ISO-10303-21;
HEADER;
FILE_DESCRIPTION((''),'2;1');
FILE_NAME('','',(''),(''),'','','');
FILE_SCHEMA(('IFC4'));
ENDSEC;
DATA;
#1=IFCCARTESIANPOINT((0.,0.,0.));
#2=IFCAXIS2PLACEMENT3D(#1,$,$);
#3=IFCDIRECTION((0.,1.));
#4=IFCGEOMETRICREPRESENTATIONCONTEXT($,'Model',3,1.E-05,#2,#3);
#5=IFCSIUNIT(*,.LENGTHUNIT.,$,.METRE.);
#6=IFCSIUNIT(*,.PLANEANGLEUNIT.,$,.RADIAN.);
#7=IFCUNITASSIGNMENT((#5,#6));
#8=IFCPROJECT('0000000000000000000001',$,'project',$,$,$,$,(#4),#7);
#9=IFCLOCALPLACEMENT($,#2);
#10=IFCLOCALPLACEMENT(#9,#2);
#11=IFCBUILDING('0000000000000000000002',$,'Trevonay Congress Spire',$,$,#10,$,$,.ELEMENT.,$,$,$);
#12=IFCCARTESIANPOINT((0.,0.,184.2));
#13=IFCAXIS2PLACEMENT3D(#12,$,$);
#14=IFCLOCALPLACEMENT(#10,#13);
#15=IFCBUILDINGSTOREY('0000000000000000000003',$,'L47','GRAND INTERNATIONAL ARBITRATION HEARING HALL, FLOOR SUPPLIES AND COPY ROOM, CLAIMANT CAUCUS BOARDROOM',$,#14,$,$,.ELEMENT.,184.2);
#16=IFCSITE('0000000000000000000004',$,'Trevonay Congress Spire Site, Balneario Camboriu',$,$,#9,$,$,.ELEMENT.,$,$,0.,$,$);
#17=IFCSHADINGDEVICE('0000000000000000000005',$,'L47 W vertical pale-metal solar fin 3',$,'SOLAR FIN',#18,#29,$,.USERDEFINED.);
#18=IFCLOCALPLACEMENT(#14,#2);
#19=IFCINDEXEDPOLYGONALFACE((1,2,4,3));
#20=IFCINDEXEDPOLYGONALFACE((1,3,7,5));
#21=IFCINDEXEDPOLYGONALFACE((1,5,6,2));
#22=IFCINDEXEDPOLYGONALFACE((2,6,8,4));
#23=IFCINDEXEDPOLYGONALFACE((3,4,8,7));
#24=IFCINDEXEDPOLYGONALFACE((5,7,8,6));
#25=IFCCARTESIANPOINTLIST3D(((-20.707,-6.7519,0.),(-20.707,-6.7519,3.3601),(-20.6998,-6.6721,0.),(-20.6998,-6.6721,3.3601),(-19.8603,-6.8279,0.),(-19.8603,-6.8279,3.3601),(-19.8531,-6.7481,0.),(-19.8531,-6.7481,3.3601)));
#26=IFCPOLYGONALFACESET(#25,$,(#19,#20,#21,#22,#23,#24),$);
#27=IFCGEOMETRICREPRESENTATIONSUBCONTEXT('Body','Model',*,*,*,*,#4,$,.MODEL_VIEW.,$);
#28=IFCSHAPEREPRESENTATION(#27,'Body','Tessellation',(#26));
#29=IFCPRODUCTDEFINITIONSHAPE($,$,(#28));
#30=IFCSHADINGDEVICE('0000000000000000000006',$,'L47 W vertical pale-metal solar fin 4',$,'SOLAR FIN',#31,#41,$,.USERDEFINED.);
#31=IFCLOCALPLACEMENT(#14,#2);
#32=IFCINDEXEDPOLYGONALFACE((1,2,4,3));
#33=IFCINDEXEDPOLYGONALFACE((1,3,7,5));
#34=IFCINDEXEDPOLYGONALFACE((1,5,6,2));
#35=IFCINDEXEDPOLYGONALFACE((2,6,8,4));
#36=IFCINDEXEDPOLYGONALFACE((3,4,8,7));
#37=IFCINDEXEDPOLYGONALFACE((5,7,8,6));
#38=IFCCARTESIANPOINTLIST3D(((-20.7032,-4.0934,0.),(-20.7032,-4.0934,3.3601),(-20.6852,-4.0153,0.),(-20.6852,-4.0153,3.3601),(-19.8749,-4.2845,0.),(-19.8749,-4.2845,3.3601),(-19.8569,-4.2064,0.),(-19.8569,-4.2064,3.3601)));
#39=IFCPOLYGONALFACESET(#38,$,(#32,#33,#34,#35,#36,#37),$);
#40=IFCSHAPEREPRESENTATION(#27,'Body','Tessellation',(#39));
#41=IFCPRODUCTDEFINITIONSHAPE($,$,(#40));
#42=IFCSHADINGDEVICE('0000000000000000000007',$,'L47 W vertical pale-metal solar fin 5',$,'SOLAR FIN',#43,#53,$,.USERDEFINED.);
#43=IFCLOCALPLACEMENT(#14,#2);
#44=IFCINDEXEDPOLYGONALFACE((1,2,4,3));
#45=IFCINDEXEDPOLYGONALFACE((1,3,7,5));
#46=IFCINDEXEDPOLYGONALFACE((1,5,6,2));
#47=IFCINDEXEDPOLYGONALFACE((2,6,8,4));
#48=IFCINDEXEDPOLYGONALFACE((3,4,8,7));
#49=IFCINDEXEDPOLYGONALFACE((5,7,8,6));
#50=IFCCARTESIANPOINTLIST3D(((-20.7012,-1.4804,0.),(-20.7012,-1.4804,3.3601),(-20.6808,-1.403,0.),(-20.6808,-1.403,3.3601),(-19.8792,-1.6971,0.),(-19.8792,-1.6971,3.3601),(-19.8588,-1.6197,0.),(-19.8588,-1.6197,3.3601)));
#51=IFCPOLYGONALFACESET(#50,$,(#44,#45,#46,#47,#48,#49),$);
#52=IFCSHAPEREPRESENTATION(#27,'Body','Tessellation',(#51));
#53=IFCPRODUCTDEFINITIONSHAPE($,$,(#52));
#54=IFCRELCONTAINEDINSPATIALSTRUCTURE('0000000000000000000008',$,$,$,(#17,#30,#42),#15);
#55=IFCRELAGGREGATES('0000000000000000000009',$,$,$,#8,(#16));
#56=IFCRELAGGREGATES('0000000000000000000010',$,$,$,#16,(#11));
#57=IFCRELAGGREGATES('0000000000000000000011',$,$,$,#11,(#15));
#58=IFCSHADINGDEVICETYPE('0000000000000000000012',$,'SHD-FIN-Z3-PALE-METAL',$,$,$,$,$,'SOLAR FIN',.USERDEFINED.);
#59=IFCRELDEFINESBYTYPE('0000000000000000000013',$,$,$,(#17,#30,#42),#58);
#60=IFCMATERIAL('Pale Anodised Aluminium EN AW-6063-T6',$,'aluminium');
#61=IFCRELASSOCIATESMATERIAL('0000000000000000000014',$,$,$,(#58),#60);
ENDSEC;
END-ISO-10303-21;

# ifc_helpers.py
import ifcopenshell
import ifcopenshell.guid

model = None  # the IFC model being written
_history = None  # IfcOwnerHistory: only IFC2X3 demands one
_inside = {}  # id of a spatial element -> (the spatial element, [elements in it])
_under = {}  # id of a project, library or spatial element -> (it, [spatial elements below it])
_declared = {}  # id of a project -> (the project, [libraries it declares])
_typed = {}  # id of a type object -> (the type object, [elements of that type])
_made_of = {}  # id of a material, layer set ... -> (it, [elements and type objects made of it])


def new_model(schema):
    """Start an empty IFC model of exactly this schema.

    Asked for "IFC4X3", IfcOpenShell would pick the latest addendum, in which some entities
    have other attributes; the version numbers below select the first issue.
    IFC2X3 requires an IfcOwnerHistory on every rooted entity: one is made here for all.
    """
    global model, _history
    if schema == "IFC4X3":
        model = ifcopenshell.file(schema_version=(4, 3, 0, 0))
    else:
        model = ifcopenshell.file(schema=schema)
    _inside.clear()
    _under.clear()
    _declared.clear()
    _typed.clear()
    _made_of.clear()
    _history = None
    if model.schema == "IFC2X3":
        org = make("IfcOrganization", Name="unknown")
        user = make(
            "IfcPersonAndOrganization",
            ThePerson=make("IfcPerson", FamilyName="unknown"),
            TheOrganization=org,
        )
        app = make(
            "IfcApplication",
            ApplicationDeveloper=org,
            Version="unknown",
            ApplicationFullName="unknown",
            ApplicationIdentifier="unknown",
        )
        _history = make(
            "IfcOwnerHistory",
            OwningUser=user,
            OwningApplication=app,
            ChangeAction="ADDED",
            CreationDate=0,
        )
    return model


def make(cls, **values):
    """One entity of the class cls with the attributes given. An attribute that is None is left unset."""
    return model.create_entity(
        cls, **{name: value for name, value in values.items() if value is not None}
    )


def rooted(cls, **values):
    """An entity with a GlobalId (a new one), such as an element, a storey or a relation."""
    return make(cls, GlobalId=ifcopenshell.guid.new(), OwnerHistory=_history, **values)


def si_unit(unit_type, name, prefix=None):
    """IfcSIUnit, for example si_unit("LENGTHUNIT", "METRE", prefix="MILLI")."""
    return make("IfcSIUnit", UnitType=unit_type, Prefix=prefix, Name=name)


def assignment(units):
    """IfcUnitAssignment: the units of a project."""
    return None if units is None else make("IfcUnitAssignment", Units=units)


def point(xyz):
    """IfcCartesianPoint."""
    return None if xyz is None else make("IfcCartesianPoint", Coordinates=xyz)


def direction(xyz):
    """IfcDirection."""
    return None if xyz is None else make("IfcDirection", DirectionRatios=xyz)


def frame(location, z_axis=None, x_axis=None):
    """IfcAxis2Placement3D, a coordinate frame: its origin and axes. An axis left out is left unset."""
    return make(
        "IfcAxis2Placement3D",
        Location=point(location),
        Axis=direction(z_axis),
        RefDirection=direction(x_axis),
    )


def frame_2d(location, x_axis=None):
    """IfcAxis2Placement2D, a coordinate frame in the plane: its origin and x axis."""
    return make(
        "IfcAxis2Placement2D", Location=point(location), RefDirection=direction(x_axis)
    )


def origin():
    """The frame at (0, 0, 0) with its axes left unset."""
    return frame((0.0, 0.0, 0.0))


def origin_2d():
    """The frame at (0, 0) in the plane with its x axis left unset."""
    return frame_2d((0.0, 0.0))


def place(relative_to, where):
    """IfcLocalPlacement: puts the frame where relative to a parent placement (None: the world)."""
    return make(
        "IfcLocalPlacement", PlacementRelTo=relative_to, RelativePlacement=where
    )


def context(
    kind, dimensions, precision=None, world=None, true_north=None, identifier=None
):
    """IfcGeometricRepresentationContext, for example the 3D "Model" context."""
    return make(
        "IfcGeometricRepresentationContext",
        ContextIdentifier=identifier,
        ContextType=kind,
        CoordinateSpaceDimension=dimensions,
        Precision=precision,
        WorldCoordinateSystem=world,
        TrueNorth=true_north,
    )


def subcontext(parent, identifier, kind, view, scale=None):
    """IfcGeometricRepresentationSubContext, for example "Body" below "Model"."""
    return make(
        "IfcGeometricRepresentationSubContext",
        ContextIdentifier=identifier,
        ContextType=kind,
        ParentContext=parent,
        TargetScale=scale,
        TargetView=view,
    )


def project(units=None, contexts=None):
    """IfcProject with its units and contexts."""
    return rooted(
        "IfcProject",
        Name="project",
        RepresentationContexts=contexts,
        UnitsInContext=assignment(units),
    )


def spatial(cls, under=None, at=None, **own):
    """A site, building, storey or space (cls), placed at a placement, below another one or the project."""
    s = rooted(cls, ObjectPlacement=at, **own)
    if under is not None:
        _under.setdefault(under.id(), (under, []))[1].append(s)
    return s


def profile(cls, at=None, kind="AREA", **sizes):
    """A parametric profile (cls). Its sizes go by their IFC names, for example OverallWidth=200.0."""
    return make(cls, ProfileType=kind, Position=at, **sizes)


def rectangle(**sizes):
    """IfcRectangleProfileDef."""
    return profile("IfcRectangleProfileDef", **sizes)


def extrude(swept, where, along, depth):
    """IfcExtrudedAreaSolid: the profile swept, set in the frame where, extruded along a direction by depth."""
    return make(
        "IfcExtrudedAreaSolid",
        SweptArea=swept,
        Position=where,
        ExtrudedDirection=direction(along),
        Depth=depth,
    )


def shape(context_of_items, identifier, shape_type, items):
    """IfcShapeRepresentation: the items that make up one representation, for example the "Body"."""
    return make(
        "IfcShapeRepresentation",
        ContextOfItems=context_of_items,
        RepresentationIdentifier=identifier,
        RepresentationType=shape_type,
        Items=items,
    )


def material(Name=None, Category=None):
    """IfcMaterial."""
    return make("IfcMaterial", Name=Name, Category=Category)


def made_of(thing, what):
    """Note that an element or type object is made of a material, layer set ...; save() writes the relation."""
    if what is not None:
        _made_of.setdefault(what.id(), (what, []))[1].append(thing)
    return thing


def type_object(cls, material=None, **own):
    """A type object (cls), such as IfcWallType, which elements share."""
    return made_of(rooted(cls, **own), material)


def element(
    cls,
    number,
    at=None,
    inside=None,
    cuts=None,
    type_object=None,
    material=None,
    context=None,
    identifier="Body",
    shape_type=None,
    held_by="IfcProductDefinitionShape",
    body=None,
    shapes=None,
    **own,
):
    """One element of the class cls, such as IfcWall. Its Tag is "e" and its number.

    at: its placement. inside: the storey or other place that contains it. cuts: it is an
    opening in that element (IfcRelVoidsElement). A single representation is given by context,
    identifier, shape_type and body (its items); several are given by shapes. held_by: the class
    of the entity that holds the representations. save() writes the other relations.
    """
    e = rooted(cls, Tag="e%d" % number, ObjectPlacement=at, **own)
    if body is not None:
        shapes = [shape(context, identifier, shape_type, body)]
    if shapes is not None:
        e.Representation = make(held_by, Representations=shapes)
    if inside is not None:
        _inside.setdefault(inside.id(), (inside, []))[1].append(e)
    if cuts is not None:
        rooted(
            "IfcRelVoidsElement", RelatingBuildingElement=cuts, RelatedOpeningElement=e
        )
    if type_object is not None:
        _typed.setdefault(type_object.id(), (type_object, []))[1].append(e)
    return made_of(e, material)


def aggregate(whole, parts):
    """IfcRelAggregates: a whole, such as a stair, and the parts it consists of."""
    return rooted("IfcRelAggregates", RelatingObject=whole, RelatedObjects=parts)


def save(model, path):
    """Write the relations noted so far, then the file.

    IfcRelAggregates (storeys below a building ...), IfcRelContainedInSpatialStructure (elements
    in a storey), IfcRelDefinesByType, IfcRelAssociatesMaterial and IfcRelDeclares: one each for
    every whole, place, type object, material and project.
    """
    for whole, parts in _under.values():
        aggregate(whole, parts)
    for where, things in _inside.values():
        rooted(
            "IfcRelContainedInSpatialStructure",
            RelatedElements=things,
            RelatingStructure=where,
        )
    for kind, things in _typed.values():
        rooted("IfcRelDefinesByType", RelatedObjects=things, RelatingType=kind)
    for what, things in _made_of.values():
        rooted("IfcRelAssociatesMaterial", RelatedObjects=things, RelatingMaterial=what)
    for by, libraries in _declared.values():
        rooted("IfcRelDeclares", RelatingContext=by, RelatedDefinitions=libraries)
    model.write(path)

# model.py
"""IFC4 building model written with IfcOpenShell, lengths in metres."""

from ifc_helpers import new_model, si_unit, direction, frame, origin, origin_2d, place, context, subcontext, project, spatial, rectangle, extrude, material, type_object, element, save


model = new_model("IFC4")

# Units and contexts
model_context = context("Model", 3, precision=1e-05, world=origin(), true_north=direction((0.0, 1.0)))
body_context = subcontext(model_context, "Body", "Model", "MODEL_VIEW")
ifc_project = project(units=[si_unit("LENGTHUNIT", "METRE"), si_unit("PLANEANGLEUNIT", "RADIAN")], contexts=[model_context])

# Site, building, storey
site_placement = place(None, origin())
site = spatial("IfcSite", under=ifc_project, at=site_placement, Name="Trevonay Congress Spire Site, Balneario Camboriu", CompositionType="ELEMENT", RefElevation=0.0)
building_placement = place(site_placement, origin())
building = spatial("IfcBuilding", under=site, at=building_placement, Name="Trevonay Congress Spire", CompositionType="ELEMENT")
storey_placement = place(building_placement, frame((0.0, 0.0, 184.2)))
storey = spatial("IfcBuildingStorey", under=building, at=storey_placement, Name="L47", Description="GRAND INTERNATIONAL ARBITRATION HEARING HALL, FLOOR SUPPLIES AND COPY ROOM, CLAIMANT CAUCUS BOARDROOM", CompositionType="ELEMENT", Elevation=184.2)

# Shared definitions
ifc_material_1 = material(Name="Pale Anodised Aluminium EN AW-6063-T6", Category="aluminium")

# Shading devices
shading_device_type = type_object("IfcShadingDeviceType", Name="SHD-FIN-Z3-PALE-METAL", ElementType="SOLAR FIN", PredefinedType="USERDEFINED", material=ifc_material_1)
for number, where, z_axis, x_axis, name in (
    (1, (-20.28, -6.75, 0.0), (0.0, 0.0, 1.0), (0.089416, 0.995994, 0.0), "L47 W vertical pale-metal solar fin 3"),
    (2, (-20.28, -4.1499, 0.0), (0.0, 0.0, 1.0), (0.224781, 0.974409, 0.0), "L47 W vertical pale-metal solar fin 4"),
    (3, (-20.28, -1.55, 0.0), (0.0, 0.0, 1.0), (0.254939, 0.966957, 0.0), "L47 W vertical pale-metal solar fin 5"),
):
    element("IfcShadingDevice", number, at=place(storey_placement, frame(where, z_axis=z_axis, x_axis=x_axis)), inside=storey, type_object=shading_device_type, Name=name, ObjectType="SOLAR FIN", PredefinedType="USERDEFINED", context=body_context, shape_type="SweptSolid", body=[
        extrude(rectangle(XDim=0.0801, YDim=0.8501, at=origin_2d()), origin(), (0.0, 0.0, 1.0), 3.3601),
    ])

save(model, "model.ifc")
